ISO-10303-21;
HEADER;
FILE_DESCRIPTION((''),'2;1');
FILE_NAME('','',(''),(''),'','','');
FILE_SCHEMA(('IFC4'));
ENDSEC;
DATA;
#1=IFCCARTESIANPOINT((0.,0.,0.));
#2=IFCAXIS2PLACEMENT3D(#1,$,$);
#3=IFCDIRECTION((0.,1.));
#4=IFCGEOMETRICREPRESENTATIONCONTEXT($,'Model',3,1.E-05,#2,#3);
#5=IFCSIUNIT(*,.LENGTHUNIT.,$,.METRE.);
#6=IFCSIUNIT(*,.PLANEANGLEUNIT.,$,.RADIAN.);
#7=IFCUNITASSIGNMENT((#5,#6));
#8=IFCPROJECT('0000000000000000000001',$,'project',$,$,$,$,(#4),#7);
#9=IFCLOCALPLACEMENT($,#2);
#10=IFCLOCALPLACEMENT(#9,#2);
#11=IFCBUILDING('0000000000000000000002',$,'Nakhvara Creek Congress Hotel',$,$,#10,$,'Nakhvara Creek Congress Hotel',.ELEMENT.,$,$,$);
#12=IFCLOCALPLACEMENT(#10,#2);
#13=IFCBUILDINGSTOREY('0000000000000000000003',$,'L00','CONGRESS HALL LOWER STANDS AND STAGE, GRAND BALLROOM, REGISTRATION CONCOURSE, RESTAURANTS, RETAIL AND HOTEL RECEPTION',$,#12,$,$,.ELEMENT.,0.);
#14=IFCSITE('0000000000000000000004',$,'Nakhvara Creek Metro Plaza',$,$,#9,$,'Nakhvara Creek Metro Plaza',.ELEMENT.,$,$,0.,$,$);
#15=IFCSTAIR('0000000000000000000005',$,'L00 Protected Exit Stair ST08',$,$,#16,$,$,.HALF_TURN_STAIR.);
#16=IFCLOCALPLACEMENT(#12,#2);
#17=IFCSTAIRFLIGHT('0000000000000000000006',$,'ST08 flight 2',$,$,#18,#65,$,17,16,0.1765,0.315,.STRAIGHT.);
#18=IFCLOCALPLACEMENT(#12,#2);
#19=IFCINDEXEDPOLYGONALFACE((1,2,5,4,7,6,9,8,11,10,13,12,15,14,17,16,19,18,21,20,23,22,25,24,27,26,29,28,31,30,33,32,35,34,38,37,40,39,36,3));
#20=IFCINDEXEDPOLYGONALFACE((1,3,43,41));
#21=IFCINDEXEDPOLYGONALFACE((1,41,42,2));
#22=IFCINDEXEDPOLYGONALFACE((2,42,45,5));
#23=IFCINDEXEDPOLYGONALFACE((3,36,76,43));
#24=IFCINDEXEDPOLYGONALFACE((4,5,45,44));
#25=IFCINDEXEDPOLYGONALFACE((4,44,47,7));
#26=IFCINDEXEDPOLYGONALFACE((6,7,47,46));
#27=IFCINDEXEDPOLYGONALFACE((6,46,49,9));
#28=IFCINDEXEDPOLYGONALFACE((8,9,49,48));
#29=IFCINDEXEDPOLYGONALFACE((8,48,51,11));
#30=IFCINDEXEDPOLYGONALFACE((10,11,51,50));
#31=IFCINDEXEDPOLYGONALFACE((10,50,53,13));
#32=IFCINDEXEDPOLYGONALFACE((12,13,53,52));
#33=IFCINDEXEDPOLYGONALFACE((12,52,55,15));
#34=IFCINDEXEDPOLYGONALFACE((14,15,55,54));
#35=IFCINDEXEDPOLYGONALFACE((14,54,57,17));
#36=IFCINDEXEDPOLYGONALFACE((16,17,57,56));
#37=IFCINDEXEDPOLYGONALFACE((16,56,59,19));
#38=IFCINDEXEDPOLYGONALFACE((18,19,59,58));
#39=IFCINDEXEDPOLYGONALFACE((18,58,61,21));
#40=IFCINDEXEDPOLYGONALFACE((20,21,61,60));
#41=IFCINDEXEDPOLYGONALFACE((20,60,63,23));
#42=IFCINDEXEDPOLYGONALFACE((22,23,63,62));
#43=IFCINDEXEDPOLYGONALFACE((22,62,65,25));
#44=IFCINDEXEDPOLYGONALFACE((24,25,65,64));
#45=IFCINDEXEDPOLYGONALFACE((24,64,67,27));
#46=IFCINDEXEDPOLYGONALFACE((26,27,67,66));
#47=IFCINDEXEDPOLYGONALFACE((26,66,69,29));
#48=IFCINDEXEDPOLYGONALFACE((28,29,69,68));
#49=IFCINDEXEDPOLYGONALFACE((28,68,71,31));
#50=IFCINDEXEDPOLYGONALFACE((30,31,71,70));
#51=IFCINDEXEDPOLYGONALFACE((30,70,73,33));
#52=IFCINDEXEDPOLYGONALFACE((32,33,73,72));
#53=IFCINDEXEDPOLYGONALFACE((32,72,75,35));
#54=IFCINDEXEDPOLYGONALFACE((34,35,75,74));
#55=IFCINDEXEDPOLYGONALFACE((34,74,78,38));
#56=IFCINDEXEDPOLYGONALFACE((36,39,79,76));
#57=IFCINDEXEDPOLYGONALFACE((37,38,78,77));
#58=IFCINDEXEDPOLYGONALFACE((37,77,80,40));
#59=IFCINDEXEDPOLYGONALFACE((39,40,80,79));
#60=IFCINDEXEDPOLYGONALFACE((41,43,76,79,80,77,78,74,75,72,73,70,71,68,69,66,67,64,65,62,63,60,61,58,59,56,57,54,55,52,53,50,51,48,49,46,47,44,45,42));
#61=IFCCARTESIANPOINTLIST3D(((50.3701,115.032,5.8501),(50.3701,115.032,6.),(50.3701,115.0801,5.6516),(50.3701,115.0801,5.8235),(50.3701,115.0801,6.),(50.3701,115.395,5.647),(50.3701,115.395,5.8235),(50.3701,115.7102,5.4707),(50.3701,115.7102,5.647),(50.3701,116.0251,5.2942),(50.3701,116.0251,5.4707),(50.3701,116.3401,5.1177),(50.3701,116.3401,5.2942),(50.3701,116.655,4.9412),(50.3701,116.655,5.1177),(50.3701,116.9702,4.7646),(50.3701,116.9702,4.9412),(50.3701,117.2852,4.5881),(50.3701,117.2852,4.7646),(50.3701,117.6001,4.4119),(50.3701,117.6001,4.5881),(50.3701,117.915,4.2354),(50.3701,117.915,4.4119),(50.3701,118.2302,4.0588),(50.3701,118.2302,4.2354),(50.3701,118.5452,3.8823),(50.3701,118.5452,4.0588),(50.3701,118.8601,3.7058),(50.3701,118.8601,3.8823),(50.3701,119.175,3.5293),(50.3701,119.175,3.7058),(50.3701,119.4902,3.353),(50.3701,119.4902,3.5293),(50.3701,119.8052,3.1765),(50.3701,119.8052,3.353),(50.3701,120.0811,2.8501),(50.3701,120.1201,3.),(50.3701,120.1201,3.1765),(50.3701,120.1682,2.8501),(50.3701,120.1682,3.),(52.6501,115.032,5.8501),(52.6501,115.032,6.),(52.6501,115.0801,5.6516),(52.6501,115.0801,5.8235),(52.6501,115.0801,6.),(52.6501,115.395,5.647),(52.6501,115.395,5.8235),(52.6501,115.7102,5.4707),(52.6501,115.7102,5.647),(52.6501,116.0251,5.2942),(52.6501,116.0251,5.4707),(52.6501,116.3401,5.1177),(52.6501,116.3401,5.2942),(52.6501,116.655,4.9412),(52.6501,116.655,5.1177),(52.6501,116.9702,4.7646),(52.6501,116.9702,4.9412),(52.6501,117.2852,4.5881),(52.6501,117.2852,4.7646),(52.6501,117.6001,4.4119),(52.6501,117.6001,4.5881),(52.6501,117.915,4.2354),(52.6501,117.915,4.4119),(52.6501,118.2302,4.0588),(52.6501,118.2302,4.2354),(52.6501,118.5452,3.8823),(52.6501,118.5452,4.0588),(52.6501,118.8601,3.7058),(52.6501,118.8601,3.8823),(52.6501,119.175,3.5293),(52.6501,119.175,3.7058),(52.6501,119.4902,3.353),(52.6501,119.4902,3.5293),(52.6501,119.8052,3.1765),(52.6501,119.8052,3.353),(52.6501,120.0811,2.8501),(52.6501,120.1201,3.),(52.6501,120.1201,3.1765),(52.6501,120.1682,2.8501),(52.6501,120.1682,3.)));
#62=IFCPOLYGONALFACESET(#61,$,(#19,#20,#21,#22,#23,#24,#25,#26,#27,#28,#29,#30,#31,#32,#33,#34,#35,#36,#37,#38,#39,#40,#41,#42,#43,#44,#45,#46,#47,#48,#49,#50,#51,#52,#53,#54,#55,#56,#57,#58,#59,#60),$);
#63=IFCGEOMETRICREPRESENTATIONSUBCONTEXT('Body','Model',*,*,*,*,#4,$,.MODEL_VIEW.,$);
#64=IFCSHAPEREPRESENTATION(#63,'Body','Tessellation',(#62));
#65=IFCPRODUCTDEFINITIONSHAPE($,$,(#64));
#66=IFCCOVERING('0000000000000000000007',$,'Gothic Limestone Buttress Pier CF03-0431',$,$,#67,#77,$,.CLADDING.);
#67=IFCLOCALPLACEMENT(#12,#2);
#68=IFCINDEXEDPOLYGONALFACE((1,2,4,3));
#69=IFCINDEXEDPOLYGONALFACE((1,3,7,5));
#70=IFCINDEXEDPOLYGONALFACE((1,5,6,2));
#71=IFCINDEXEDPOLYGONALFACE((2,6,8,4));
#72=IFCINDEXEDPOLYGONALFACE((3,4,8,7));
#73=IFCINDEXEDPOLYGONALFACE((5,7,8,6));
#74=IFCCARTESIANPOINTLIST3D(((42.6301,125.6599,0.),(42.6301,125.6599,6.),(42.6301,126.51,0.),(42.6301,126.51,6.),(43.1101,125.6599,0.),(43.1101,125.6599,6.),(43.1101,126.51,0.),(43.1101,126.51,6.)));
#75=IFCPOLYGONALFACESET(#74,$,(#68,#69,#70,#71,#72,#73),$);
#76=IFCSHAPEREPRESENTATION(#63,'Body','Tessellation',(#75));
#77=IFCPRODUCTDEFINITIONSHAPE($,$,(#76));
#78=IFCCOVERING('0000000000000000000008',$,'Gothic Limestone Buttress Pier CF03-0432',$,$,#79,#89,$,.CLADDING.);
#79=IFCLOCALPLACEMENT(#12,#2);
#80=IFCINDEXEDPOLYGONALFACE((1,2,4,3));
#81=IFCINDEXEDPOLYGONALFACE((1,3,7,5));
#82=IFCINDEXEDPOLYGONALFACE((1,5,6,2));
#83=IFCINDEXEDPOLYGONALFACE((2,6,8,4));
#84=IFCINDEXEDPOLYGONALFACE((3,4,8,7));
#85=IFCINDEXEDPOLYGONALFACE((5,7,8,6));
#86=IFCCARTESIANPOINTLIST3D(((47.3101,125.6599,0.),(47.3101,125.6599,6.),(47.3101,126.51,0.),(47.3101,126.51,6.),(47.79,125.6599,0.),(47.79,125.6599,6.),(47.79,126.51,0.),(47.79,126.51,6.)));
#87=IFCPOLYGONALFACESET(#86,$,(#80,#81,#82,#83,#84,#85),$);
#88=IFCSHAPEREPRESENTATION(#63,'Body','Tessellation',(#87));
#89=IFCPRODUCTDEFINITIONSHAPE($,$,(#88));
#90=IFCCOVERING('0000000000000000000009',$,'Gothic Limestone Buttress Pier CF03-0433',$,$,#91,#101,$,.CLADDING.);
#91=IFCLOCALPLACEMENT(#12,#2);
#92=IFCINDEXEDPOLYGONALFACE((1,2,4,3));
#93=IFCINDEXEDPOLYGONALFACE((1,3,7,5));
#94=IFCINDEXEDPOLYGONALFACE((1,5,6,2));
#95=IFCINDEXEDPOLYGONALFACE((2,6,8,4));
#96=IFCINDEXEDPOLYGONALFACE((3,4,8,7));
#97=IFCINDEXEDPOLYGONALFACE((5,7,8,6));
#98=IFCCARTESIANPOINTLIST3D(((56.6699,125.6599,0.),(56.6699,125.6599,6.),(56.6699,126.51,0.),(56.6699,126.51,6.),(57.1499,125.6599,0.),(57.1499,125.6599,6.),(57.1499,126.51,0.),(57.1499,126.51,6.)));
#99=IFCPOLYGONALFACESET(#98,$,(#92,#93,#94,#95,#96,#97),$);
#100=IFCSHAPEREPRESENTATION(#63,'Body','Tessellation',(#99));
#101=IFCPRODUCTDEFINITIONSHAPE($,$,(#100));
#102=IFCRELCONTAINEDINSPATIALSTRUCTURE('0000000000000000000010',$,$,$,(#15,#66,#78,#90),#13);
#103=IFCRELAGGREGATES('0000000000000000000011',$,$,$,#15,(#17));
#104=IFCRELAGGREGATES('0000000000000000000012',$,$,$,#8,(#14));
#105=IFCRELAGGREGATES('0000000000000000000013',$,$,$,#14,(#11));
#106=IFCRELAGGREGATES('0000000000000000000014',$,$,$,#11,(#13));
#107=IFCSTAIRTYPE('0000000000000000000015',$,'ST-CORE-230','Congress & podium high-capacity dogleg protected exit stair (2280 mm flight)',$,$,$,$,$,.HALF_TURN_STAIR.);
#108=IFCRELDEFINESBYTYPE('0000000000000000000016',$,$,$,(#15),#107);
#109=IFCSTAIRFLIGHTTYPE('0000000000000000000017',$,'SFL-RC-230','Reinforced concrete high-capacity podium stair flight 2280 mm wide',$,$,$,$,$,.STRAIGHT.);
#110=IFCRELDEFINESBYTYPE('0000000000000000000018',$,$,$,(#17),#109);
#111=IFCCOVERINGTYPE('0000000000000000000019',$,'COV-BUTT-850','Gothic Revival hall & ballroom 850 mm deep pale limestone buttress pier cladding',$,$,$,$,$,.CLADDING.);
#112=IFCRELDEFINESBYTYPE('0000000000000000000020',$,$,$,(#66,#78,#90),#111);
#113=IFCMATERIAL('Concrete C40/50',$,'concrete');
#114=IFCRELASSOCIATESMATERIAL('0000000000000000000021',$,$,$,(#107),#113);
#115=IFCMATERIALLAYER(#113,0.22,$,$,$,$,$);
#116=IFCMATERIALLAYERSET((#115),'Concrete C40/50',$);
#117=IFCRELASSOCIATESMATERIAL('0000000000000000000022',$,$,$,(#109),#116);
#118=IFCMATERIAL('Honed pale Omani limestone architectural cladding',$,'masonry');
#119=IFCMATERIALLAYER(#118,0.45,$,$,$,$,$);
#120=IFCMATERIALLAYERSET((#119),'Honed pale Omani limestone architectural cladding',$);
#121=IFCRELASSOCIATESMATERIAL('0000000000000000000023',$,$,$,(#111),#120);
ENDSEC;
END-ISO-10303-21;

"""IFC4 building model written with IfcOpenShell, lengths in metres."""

from ifc_helpers import new_model, si_unit, direction, frame, origin, origin_2d, place, context, subcontext, project, spatial, polyline, rectangle, outline, extrude, material, layer, layer_set, type_object, element, aggregate, save


model = new_model("IFC4")

# Units and contexts
model_context = context("Model", 3, precision=1e-05, world=origin(), true_north=direction((0.0, 1.0)))
body_context = subcontext(model_context, "Body", "Model", "MODEL_VIEW")
ifc_project = project(units=[si_unit("LENGTHUNIT", "METRE"), si_unit("PLANEANGLEUNIT", "RADIAN")], contexts=[model_context])

# Site, building, storey
site_placement = place(None, origin())
site = spatial("IfcSite", under=ifc_project, at=site_placement, Name="Nakhvara Creek Metro Plaza", LongName="Nakhvara Creek Metro Plaza", CompositionType="ELEMENT", RefElevation=0.0)
building_placement = place(site_placement, origin())
building = spatial("IfcBuilding", under=site, at=building_placement, Name="Nakhvara Creek Congress Hotel", LongName="Nakhvara Creek Congress Hotel", CompositionType="ELEMENT")
storey_placement = place(building_placement, origin())
storey = spatial("IfcBuildingStorey", under=building, at=storey_placement, Name="L00", Description="CONGRESS HALL LOWER STANDS AND STAGE, GRAND BALLROOM, REGISTRATION CONCOURSE, RESTAURANTS, RETAIL AND HOTEL RECEPTION", CompositionType="ELEMENT", Elevation=0.0)

# Stair, stair flight
ifc_material_1 = material(Name="Concrete C40/50", Category="concrete")
stair_type = type_object("IfcStairType", Name="ST-CORE-230", Description="Congress & podium high-capacity dogleg protected exit stair (2280 mm flight)", PredefinedType="HALF_TURN_STAIR", material=ifc_material_1)
stair_placement = place(storey_placement, origin())
stair = element("IfcStair", 1, at=stair_placement, inside=storey, type_object=stair_type, Name="L00 Protected Exit Stair ST08", PredefinedType="HALF_TURN_STAIR")
ifc_layer_1 = layer(ifc_material_1, 0.22)
ifc_layer_set_1 = layer_set([ifc_layer_1], Name="Concrete C40/50")
stair_flight_type = type_object("IfcStairFlightType", Name="SFL-RC-230", Description="Reinforced concrete high-capacity podium stair flight 2280 mm wide", PredefinedType="STRAIGHT", material=ifc_layer_set_1)
stair_flight_1_placement = place(storey_placement, frame((51.51, 120.1201, 3.0), z_axis=(0.0, 0.0, 1.0), x_axis=(0.0, -1.0, 0.0)))
stair_flight_1 = element("IfcStairFlight", 2, at=stair_flight_1_placement, type_object=stair_flight_type, Name="ST08 flight 2", NumberOfRisers=17, NumberOfTreads=16, PredefinedType="STRAIGHT", RiserHeight=0.1765, TreadLength=0.315, context=body_context, shape_type="SweptSolid", body=[
    extrude(outline(polyline([(-0.0481, 0.0), (0.0, 0.0), (0.0, 0.1765), (0.3149, 0.1765), (0.3149, 0.353), (0.6299, 0.353), (0.6299, 0.5293), (0.9451, 0.5293), (0.9451, 0.7058), (1.26, 0.7058), (1.26, 0.8823), (1.575, 0.8823), (1.575, 1.0588), (1.8899, 1.0588), (1.8899, 1.2354), (2.2051, 1.2354), (2.2051, 1.4119), (2.52, 1.4119), (2.52, 1.5881), (2.835, 1.5881), (2.835, 1.7646), (3.1499, 1.7646), (3.1499, 1.9412), (3.4651, 1.9412), (3.4651, 2.1177), (3.78, 2.1177), (3.78, 2.2942), (4.095, 2.2942), (4.095, 2.4707), (4.4099, 2.4707), (4.4099, 2.647), (4.7251, 2.647), (4.7251, 2.8235), (5.04, 2.8235), (5.04, 3.0), (5.0881, 3.0), (5.0881, 2.8501), (5.04, 2.6516), (0.0391, -0.1499), (-0.0481, -0.1499), (-0.0481, 0.0)])), frame((0.0, 1.1401, 0.0), z_axis=(0.0, -1.0, 0.0), x_axis=(1.0, 0.0, 0.0)), (0.0, 0.0, 1.0), 2.28),
])
aggregate(stair, [stair_flight_1])

# Coverings
ifc_material_2 = material(Name="Honed pale Omani limestone architectural cladding", Category="masonry")
ifc_layer_2 = layer(ifc_material_2, 0.45)
ifc_layer_set_2 = layer_set([ifc_layer_2], Name="Honed pale Omani limestone architectural cladding")
covering_type = type_object("IfcCoveringType", Name="COV-BUTT-850", Description="Gothic Revival hall & ballroom 850 mm deep pale limestone buttress pier cladding", PredefinedType="CLADDING", material=ifc_layer_set_2)
for number, where, z_axis, x_axis, name in (
    (3, (42.8701, 126.085, 0.0), (0.0, 0.0, 1.0), (1.0, 0.0, 0.0), "Gothic Limestone Buttress Pier CF03-0431"),
    (4, (47.55, 126.085, 0.0), (0.0, 0.0, 1.0), (1.0, 0.0, 0.0), "Gothic Limestone Buttress Pier CF03-0432"),
    (5, (56.9099, 126.085, 0.0), (0.0, 0.0, 1.0), (1.0, 0.0, 0.0), "Gothic Limestone Buttress Pier CF03-0433"),
):
    element("IfcCovering", number, at=place(storey_placement, frame(where, z_axis=z_axis, x_axis=x_axis)), inside=storey, type_object=covering_type, Name=name, PredefinedType="CLADDING", context=body_context, shape_type="SweptSolid", body=[
        extrude(rectangle(XDim=0.48, YDim=0.8501, at=origin_2d()), origin(), (0.0, 0.0, 1.0), 6.0),
    ])

save(model, "model.ifc")
